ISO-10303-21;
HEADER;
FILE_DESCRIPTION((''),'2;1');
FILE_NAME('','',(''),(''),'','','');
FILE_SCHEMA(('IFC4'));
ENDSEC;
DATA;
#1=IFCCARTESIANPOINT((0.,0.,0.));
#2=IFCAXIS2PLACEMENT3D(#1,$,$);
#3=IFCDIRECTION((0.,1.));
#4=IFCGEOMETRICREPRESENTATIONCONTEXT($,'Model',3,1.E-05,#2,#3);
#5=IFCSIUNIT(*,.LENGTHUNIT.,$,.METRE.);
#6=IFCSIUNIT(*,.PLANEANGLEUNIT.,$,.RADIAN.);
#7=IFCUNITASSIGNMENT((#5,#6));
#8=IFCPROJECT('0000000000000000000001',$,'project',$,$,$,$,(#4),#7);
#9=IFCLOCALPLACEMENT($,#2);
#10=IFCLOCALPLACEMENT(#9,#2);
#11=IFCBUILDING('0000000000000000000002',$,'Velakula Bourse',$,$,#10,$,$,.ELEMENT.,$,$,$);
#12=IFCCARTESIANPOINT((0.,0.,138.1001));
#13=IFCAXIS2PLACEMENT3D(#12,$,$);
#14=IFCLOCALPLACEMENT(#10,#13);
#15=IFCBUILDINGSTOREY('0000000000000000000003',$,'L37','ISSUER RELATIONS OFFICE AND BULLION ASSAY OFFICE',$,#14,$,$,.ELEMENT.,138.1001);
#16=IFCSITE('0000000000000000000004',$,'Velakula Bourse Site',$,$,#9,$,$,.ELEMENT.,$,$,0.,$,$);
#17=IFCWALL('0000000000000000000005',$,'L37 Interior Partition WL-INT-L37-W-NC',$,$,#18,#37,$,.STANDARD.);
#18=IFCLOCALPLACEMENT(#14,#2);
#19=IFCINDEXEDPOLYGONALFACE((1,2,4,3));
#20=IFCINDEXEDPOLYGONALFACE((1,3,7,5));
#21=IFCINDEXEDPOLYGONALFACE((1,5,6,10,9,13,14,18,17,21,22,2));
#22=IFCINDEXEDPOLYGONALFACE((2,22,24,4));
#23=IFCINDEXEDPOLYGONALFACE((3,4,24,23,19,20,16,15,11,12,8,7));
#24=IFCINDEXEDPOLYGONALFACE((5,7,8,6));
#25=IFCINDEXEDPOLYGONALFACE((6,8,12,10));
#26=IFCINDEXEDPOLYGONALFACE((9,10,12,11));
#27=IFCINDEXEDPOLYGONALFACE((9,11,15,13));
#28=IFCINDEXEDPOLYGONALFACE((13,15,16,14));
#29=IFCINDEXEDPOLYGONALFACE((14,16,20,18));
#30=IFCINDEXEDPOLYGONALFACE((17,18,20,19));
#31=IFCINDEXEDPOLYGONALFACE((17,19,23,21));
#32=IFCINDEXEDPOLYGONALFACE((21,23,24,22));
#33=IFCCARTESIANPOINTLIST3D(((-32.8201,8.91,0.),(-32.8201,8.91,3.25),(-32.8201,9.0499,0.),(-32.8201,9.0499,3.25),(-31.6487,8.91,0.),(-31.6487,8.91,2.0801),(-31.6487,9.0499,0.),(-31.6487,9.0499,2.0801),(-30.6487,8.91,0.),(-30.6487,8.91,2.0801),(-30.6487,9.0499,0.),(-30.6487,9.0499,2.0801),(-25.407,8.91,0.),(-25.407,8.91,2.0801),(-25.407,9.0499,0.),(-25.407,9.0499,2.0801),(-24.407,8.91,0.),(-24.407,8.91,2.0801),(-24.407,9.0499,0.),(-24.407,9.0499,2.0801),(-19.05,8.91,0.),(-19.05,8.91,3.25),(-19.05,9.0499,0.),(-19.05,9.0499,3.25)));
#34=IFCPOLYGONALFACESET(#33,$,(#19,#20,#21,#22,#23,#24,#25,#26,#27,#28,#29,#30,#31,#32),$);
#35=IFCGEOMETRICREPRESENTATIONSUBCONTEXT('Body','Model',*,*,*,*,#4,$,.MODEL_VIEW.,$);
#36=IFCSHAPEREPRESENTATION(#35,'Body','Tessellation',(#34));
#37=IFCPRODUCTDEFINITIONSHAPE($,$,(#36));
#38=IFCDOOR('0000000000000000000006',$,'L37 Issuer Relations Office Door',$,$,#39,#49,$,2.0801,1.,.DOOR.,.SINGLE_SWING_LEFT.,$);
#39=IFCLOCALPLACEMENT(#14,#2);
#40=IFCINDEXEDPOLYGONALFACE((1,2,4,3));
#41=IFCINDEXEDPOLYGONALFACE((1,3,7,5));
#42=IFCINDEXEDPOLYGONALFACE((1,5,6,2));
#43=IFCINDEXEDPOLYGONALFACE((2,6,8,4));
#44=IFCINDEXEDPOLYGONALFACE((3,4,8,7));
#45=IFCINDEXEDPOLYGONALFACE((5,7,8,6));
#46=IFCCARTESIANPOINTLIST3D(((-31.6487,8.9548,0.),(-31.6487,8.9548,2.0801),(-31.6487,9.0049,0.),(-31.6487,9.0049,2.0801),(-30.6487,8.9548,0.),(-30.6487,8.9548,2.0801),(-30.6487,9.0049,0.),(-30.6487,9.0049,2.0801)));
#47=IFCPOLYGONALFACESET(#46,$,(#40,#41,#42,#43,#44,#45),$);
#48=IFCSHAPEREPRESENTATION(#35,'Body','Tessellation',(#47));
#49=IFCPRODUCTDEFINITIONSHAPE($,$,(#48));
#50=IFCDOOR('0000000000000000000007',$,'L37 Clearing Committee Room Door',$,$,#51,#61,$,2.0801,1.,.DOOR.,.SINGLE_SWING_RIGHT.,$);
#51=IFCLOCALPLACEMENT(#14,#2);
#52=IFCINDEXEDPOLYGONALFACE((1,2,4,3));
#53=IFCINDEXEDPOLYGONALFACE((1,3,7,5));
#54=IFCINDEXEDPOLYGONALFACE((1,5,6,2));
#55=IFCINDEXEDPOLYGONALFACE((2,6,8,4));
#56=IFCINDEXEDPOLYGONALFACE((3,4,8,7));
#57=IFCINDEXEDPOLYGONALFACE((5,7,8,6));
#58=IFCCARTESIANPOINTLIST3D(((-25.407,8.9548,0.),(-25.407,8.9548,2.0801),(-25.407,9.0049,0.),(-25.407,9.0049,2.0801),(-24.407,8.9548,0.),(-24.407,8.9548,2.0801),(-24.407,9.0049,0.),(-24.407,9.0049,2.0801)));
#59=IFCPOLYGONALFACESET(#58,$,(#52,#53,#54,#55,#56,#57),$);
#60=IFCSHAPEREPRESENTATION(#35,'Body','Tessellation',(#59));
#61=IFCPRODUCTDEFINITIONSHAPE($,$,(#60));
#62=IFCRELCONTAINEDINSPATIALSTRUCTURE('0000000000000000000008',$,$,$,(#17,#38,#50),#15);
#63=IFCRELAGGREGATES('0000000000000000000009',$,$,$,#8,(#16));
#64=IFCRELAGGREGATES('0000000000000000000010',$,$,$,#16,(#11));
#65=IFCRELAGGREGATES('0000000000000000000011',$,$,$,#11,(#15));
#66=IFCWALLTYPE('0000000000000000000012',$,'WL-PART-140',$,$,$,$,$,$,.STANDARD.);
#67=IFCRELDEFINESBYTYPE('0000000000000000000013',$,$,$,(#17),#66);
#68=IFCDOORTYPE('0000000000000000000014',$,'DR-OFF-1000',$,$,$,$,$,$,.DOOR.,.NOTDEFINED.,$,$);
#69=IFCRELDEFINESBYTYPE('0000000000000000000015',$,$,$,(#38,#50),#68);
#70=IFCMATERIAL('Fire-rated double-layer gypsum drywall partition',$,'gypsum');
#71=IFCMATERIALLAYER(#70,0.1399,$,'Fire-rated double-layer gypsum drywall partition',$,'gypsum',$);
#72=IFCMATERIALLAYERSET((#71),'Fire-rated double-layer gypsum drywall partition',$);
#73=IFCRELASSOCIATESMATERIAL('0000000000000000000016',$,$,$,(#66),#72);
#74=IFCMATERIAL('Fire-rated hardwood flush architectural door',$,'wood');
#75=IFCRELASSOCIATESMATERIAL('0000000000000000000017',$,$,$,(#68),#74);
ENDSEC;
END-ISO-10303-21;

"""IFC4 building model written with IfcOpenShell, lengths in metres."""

from ifc_helpers import new_model, si_unit, direction, frame, frame_2d, origin, place, context, subcontext, project, spatial, rectangle, extrude, material, layer, layer_set, type_object, element, fill, save


model = new_model("IFC4")

# Units and contexts
model_context = context("Model", 3, precision=1e-05, world=origin(), true_north=direction((0.0, 1.0)))
body_context = subcontext(model_context, "Body", "Model", "MODEL_VIEW")
ifc_project = project(units=[si_unit("LENGTHUNIT", "METRE"), si_unit("PLANEANGLEUNIT", "RADIAN")], contexts=[model_context])

# Site, building, storey
site_placement = place(None, origin())
site = spatial("IfcSite", under=ifc_project, at=site_placement, Name="Velakula Bourse Site", CompositionType="ELEMENT", RefElevation=0.0)
building_placement = place(site_placement, origin())
building = spatial("IfcBuilding", under=site, at=building_placement, Name="Velakula Bourse", CompositionType="ELEMENT")
storey_placement = place(building_placement, frame((0.0, 0.0, 138.1001)))
storey = spatial("IfcBuildingStorey", under=building, at=storey_placement, Name="L37", Description="ISSUER RELATIONS OFFICE AND BULLION ASSAY OFFICE", CompositionType="ELEMENT", Elevation=138.1001)

# Wall, openings, doors
ifc_material_1 = material(Name="Fire-rated double-layer gypsum drywall partition", Category="gypsum")
ifc_layer_1 = layer(ifc_material_1, 0.1399, Name="Fire-rated double-layer gypsum drywall partition", Category="gypsum")
ifc_layer_set_1 = layer_set([ifc_layer_1], Name="Fire-rated double-layer gypsum drywall partition")
wall_type_1 = type_object("IfcWallType", Name="WL-PART-140", PredefinedType="STANDARD", material=ifc_layer_set_1)
ifc_material_2 = material(Name="Fire-rated hardwood flush architectural door", Category="wood")
door_type = type_object("IfcDoorType", Name="DR-OFF-1000", OperationType="NOTDEFINED", PredefinedType="DOOR", material=ifc_material_2)
wall_1_placement = place(storey_placement, frame((-32.8201, 8.98, 0.0), z_axis=(0.0, 0.0, 1.0), x_axis=(1.0, 0.0, 0.0)))
wall_1 = element("IfcWall", 1, at=wall_1_placement, inside=storey, type_object=wall_type_1, Name="L37 Interior Partition WL-INT-L37-W-NC", PredefinedType="STANDARD", context=body_context, shape_type="SweptSolid", body=[
    extrude(rectangle(XDim=13.77, YDim=0.1399, at=frame_2d((6.885, 0.0))), origin(), (0.0, 0.0, 1.0), 3.25),
])
opening_1_placement = place(wall_1_placement, frame((1.1714, 0.0, 0.0)))
opening_1 = element("IfcOpeningElement", 2, at=opening_1_placement, cuts=wall_1, PredefinedType="OPENING", context=body_context, shape_type="SweptSolid", body=[
    extrude(rectangle(XDim=1.0, YDim=2.0801, at=frame_2d((0.5, 1.04))), frame((0.0, 0.0798, 0.0), z_axis=(0.0, -1.0, 0.0), x_axis=(1.0, 0.0, 0.0)), (0.0, 0.0, 1.0), 0.1599),
])
opening_2_placement = place(wall_1_placement, frame((7.4131, 0.0, 0.0)))
opening_2 = element("IfcOpeningElement", 3, at=opening_2_placement, cuts=wall_1, PredefinedType="OPENING", context=body_context, shape_type="SweptSolid", body=[
    extrude(rectangle(XDim=1.0, YDim=2.0801, at=frame_2d((0.5, 1.04))), frame((0.0, 0.0798, 0.0), z_axis=(0.0, -1.0, 0.0), x_axis=(1.0, 0.0, 0.0)), (0.0, 0.0, 1.0), 0.1599),
])
door_1_placement = place(opening_1_placement, origin())
door_1 = element("IfcDoor", 4, at=door_1_placement, inside=storey, type_object=door_type, Name="L37 Issuer Relations Office Door", OperationType="SINGLE_SWING_LEFT", OverallHeight=2.0801, OverallWidth=1.0, PredefinedType="DOOR", context=body_context, shape_type="SweptSolid", body=[
    extrude(rectangle(XDim=1.0, YDim=2.0801, at=frame_2d((0.5, 1.04))), frame((0.0, 0.0249, 0.0), z_axis=(0.0, -1.0, 0.0), x_axis=(1.0, 0.0, 0.0)), (0.0, 0.0, 1.0), 0.05),
])
fill(opening_1, door_1)
door_2_placement = place(opening_2_placement, origin())
door_2 = element("IfcDoor", 5, at=door_2_placement, inside=storey, type_object=door_type, Name="L37 Clearing Committee Room Door", OperationType="SINGLE_SWING_RIGHT", OverallHeight=2.0801, OverallWidth=1.0, PredefinedType="DOOR", context=body_context, shape_type="SweptSolid", body=[
    extrude(rectangle(XDim=1.0, YDim=2.0801, at=frame_2d((0.5, 1.04))), frame((0.0, 0.0249, 0.0), z_axis=(0.0, -1.0, 0.0), x_axis=(1.0, 0.0, 0.0)), (0.0, 0.0, 1.0), 0.05),
])
fill(opening_2, door_2)

save(model, "model.ifc")
